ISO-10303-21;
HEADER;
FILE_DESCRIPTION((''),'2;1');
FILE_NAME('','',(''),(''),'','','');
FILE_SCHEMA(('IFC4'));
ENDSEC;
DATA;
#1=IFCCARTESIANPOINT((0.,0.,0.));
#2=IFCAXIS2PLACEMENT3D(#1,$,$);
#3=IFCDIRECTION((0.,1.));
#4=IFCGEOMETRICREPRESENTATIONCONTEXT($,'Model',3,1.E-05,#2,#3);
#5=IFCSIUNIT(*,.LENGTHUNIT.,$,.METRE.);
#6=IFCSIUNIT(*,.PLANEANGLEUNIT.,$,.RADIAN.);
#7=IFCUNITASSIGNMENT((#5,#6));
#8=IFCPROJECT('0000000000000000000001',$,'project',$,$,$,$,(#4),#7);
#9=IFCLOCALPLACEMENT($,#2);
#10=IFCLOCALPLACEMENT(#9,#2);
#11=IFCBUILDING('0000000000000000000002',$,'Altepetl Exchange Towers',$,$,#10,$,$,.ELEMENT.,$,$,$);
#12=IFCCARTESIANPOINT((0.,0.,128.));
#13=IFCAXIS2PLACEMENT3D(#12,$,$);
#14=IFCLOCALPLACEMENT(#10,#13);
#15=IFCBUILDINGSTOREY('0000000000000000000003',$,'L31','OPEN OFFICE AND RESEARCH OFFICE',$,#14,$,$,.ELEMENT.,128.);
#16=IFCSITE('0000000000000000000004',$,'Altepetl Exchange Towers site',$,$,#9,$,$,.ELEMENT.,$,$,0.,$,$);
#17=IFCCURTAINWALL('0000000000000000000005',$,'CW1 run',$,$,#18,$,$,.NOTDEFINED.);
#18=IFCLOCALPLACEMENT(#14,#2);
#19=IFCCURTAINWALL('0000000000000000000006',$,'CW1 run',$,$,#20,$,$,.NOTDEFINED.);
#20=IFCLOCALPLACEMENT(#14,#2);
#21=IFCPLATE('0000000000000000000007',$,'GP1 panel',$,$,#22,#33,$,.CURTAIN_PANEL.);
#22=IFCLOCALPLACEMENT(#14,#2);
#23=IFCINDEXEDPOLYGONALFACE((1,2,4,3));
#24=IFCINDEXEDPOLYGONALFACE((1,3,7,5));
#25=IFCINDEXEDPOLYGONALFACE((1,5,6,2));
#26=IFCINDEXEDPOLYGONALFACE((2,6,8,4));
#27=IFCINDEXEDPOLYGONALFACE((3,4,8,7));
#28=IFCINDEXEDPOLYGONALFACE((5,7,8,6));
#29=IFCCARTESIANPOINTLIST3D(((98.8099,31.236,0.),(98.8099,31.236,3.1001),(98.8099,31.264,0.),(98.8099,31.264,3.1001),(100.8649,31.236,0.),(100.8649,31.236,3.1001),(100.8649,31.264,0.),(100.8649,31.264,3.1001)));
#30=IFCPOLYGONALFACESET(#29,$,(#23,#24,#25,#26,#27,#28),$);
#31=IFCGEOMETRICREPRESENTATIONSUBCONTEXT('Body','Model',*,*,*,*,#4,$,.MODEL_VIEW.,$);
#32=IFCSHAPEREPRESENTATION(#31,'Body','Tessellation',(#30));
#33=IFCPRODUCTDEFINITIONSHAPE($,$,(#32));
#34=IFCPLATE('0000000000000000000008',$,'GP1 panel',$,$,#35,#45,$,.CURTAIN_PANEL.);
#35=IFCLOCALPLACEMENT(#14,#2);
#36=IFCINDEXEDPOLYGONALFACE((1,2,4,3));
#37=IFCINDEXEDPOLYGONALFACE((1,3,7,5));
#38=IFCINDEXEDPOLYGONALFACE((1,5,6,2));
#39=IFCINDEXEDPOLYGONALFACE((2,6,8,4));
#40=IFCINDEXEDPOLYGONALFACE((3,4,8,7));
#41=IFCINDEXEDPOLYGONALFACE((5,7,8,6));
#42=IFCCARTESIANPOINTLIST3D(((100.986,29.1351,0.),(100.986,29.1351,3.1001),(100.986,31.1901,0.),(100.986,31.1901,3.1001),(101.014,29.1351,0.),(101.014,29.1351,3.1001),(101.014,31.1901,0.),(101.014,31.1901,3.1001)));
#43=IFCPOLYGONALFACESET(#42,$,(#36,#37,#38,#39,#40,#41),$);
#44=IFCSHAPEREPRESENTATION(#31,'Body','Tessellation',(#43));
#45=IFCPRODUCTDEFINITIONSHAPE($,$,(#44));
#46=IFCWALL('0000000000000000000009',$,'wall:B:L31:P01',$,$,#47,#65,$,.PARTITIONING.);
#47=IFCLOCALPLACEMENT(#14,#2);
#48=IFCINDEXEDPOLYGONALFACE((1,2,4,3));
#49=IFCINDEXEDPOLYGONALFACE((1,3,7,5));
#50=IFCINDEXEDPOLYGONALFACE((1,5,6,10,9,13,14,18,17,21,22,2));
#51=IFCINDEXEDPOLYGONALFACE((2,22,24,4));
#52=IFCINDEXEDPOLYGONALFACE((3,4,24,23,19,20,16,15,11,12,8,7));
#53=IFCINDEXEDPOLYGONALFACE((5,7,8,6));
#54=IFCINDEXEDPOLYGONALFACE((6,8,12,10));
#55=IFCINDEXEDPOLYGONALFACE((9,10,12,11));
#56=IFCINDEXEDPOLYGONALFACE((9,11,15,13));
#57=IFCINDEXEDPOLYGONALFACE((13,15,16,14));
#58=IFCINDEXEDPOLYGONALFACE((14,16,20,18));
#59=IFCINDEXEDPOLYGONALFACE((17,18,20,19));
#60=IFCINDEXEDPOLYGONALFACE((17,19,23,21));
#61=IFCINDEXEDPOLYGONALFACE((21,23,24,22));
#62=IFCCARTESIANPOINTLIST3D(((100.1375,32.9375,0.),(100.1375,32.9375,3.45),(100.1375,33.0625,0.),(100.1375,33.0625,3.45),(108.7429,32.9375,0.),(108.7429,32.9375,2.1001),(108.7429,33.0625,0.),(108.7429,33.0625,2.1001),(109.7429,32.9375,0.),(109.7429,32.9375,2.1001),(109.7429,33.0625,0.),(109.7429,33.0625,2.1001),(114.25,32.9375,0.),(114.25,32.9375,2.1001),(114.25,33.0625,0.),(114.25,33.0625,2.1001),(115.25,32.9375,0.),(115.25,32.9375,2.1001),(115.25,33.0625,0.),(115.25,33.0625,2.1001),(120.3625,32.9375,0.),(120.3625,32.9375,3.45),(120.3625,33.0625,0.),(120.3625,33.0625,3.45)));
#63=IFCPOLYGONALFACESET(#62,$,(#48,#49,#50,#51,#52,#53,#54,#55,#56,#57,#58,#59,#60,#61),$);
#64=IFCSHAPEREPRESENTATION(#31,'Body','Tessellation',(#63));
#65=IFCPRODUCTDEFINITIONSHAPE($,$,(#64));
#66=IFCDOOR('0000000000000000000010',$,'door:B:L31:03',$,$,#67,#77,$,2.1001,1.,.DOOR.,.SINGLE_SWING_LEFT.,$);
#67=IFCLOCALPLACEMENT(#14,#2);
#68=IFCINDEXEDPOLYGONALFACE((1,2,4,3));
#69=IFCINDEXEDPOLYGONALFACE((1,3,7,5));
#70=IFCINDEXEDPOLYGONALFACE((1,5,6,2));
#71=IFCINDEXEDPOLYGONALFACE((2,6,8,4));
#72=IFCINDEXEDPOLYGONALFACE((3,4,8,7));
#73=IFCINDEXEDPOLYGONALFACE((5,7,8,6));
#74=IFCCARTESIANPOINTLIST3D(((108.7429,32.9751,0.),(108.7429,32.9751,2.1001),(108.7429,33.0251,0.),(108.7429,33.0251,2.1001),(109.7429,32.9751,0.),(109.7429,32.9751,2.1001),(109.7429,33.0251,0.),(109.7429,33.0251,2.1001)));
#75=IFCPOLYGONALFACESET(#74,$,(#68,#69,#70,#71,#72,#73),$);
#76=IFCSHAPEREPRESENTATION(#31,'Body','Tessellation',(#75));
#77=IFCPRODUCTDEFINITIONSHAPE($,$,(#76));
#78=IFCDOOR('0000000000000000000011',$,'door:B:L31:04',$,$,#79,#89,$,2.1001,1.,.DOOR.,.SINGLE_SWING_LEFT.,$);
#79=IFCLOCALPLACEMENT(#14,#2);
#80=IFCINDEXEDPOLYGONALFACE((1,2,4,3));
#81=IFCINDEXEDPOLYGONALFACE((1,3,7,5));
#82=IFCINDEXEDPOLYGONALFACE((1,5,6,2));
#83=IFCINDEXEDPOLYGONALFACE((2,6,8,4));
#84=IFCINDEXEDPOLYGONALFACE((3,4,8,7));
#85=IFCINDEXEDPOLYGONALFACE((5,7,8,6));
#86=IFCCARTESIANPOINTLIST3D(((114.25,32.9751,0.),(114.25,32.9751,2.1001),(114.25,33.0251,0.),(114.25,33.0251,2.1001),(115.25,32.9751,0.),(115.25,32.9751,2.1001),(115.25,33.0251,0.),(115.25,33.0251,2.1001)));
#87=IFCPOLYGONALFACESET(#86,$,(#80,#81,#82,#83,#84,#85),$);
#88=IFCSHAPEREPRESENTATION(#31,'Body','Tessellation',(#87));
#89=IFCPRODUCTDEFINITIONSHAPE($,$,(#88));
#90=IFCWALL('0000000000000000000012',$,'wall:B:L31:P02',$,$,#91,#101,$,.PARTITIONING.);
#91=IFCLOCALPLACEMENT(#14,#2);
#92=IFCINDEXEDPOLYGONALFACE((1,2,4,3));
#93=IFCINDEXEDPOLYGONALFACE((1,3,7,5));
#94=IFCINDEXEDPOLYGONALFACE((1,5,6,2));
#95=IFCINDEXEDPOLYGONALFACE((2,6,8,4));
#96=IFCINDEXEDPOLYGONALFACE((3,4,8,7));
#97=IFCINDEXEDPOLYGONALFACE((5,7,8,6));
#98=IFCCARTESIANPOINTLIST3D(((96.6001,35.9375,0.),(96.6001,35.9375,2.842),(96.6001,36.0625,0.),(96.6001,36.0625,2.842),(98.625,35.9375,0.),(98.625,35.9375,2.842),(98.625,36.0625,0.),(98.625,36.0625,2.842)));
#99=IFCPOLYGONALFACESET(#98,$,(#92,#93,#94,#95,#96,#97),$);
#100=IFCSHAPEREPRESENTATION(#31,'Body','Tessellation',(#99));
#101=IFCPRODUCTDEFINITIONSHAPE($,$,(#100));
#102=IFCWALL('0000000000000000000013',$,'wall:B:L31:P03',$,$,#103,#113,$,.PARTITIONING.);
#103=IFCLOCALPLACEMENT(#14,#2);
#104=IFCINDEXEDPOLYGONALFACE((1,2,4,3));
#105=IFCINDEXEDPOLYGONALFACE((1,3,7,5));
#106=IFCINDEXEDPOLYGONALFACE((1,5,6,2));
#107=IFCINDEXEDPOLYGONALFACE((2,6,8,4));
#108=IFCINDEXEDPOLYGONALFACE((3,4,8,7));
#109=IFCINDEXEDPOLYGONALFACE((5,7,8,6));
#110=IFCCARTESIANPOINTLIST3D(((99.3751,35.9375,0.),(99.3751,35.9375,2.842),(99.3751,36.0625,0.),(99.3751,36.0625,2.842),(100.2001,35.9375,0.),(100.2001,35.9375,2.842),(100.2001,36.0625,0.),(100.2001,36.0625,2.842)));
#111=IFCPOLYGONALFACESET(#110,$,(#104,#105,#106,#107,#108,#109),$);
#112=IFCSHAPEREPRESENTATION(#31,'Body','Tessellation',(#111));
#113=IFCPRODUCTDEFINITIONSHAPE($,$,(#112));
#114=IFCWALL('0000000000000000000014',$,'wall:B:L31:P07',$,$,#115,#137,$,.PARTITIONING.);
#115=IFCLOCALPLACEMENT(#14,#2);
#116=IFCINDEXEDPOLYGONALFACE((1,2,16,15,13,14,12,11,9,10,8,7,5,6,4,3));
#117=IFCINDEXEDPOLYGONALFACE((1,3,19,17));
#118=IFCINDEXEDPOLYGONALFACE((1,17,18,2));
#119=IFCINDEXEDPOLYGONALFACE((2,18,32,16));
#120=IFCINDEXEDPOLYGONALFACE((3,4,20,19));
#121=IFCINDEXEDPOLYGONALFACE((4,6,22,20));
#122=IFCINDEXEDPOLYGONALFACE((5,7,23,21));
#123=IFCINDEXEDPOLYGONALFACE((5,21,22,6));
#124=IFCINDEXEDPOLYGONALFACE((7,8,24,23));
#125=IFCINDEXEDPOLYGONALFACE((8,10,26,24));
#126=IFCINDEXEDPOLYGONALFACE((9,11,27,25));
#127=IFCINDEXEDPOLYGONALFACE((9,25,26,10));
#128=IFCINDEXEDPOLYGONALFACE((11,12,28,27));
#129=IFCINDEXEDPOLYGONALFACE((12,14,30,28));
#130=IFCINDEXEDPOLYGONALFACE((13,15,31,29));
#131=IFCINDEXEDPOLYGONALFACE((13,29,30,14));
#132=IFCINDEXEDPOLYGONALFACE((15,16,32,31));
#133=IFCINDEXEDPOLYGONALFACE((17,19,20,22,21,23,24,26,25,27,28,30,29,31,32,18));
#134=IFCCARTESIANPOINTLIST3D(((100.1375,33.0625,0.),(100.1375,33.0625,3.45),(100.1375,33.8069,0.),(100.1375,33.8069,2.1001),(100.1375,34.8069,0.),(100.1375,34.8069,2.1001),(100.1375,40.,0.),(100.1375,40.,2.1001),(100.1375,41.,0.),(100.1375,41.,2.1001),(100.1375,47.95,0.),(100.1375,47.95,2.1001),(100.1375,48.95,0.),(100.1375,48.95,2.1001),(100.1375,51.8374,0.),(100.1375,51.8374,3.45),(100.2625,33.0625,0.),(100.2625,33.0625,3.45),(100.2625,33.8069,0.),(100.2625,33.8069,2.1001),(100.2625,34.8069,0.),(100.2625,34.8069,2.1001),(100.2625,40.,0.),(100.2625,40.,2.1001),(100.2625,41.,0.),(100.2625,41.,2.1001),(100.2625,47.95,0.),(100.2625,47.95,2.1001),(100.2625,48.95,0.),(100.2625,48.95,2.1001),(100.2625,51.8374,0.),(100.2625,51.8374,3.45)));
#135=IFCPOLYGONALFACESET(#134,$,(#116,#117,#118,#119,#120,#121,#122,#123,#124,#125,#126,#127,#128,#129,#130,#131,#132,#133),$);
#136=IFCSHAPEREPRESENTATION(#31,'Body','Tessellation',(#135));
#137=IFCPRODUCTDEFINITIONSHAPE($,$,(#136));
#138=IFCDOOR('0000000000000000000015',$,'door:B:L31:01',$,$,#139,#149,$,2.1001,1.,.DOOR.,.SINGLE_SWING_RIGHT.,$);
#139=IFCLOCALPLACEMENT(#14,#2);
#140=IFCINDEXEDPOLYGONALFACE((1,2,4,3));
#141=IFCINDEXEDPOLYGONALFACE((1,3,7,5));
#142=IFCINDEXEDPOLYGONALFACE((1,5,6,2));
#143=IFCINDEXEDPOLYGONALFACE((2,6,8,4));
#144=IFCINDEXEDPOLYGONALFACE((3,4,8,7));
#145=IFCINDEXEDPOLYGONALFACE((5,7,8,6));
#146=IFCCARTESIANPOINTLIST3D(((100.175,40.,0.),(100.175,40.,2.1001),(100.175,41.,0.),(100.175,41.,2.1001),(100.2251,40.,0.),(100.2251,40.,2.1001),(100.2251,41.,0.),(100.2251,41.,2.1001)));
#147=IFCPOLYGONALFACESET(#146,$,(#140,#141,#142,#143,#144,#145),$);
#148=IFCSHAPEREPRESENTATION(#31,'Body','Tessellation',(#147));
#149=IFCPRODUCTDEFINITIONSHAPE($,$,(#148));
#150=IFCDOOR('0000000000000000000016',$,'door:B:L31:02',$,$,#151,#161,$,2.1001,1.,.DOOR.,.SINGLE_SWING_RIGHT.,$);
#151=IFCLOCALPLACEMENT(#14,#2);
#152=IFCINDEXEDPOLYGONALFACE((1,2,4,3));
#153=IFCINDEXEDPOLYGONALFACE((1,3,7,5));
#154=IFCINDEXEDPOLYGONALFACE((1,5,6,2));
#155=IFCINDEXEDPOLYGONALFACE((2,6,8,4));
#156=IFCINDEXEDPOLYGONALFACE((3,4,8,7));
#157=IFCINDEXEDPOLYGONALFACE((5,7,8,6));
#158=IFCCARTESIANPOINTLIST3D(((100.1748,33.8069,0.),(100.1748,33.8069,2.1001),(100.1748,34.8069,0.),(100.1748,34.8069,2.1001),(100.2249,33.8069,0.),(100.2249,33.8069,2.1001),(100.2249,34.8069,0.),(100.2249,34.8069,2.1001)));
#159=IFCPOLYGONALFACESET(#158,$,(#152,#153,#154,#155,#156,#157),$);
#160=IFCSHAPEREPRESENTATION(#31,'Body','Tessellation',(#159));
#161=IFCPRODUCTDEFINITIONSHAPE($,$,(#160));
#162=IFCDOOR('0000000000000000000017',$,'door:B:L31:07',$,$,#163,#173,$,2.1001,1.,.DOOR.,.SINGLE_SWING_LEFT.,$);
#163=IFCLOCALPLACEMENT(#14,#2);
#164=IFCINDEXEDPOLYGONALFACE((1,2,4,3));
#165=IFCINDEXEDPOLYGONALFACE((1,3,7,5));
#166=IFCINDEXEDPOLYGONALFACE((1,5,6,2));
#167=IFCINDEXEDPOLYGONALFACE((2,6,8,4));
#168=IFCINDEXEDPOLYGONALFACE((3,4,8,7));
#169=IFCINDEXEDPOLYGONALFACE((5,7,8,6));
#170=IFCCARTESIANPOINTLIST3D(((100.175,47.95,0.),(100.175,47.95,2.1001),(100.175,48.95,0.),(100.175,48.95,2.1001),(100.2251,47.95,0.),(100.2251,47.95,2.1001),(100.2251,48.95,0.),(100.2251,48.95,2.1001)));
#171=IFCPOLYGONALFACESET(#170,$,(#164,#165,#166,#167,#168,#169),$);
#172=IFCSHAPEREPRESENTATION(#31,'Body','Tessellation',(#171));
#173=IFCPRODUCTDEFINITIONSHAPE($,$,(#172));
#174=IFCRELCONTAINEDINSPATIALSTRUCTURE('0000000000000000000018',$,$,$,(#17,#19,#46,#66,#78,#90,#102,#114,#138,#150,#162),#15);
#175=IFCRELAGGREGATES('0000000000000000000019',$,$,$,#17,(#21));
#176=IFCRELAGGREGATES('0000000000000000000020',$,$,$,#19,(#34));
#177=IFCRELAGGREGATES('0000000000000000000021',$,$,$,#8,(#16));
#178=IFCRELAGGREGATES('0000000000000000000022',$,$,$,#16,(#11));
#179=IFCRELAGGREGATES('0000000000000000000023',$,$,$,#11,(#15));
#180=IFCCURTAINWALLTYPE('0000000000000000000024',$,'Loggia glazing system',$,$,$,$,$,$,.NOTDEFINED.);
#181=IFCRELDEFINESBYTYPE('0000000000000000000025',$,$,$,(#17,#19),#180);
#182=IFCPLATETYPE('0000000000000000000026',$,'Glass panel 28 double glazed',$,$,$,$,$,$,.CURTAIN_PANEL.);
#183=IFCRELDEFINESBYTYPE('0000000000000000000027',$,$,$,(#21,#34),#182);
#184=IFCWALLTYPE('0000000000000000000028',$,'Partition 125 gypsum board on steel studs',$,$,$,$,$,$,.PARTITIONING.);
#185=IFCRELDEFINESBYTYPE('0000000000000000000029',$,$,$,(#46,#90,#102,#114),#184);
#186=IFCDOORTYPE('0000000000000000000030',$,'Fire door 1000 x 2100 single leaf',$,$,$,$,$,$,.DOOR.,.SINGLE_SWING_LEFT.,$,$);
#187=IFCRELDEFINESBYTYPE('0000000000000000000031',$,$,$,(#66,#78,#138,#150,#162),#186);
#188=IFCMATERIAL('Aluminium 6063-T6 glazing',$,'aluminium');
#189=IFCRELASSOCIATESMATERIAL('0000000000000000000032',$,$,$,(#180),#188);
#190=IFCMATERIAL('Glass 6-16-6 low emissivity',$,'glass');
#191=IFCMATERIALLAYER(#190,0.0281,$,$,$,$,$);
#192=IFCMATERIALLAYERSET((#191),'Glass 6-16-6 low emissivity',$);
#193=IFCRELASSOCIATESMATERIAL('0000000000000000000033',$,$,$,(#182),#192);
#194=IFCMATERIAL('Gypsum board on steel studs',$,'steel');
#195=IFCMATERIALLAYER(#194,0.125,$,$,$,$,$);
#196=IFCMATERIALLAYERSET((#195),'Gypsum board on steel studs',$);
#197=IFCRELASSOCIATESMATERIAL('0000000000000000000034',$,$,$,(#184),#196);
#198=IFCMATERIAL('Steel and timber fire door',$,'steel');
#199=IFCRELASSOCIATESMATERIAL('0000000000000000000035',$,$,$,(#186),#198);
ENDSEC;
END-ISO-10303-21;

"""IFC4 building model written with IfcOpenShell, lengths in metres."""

from ifc_helpers import new_model, si_unit, direction, frame, frame_2d, origin, origin_2d, place, context, subcontext, project, spatial, rectangle, extrude, material, layer, layer_set, type_object, element, fill, aggregate, save


model = new_model("IFC4")

# Units and contexts
model_context = context("Model", 3, precision=1e-05, world=origin(), true_north=direction((0.0, 1.0)))
body_context = subcontext(model_context, "Body", "Model", "MODEL_VIEW")
ifc_project = project(units=[si_unit("LENGTHUNIT", "METRE"), si_unit("PLANEANGLEUNIT", "RADIAN")], contexts=[model_context])

# Site, building, storey
site_placement = place(None, origin())
site = spatial("IfcSite", under=ifc_project, at=site_placement, Name="Altepetl Exchange Towers site", CompositionType="ELEMENT", RefElevation=0.0)
building_placement = place(site_placement, origin())
building = spatial("IfcBuilding", under=site, at=building_placement, Name="Altepetl Exchange Towers", CompositionType="ELEMENT")
storey_placement = place(building_placement, frame((0.0, 0.0, 128.0)))
storey = spatial("IfcBuildingStorey", under=building, at=storey_placement, Name="L31", Description="OPEN OFFICE AND RESEARCH OFFICE", CompositionType="ELEMENT", Elevation=128.0)

# Curtain walls
ifc_material_1 = material(Name="Aluminium 6063-T6 glazing", Category="aluminium")
curtain_wall_type = type_object("IfcCurtainWallType", Name="Loggia glazing system", PredefinedType="NOTDEFINED", material=ifc_material_1)
curtain_wall_1_placement = place(storey_placement, origin())
curtain_wall_1 = element("IfcCurtainWall", 1, at=curtain_wall_1_placement, inside=storey, type_object=curtain_wall_type, Name="CW1 run", PredefinedType="NOTDEFINED")
curtain_wall_2_placement = place(storey_placement, origin())
curtain_wall_2 = element("IfcCurtainWall", 2, at=curtain_wall_2_placement, inside=storey, type_object=curtain_wall_type, Name="CW1 run", PredefinedType="NOTDEFINED")

# Plates
ifc_material_2 = material(Name="Glass 6-16-6 low emissivity", Category="glass")
ifc_layer_1 = layer(ifc_material_2, 0.0281)
ifc_layer_set_1 = layer_set([ifc_layer_1], Name="Glass 6-16-6 low emissivity")
plate_type = type_object("IfcPlateType", Name="Glass panel 28 double glazed", PredefinedType="CURTAIN_PANEL", material=ifc_layer_set_1)
plate_1_placement = place(storey_placement, frame((99.8374, 31.25, 0.0)))
plate_1 = element("IfcPlate", 3, at=plate_1_placement, type_object=plate_type, Name="GP1 panel", PredefinedType="CURTAIN_PANEL", context=body_context, shape_type="SweptSolid", body=[
    extrude(rectangle(XDim=2.0549, YDim=0.0281, at=origin_2d()), origin(), (0.0, 0.0, 1.0), 3.1001),
])
aggregate(curtain_wall_1, [plate_1])
plate_2_placement = place(storey_placement, frame((101.0, 30.1626, 0.0), z_axis=(0.0, 0.0, 1.0), x_axis=(0.0, -1.0, 0.0)))
plate_2 = element("IfcPlate", 4, at=plate_2_placement, type_object=plate_type, Name="GP1 panel", PredefinedType="CURTAIN_PANEL", context=body_context, shape_type="SweptSolid", body=[
    extrude(rectangle(XDim=2.0549, YDim=0.0281, at=origin_2d()), origin(), (0.0, 0.0, 1.0), 3.1001),
])
aggregate(curtain_wall_2, [plate_2])

# Wall, openings, doors
ifc_material_3 = material(Name="Gypsum board on steel studs", Category="steel")
ifc_layer_2 = layer(ifc_material_3, 0.125)
ifc_layer_set_2 = layer_set([ifc_layer_2], Name="Gypsum board on steel studs")
wall_type = type_object("IfcWallType", Name="Partition 125 gypsum board on steel studs", PredefinedType="PARTITIONING", material=ifc_layer_set_2)
wall_1_placement = place(storey_placement, frame((100.1375, 33.0, 0.0)))
wall_1 = element("IfcWall", 5, at=wall_1_placement, inside=storey, type_object=wall_type, Name="wall:B:L31:P01", PredefinedType="PARTITIONING", context=body_context, shape_type="SweptSolid", body=[
    extrude(rectangle(XDim=20.2251, YDim=0.125, at=frame_2d((10.1125, 0.0))), origin(), (0.0, 0.0, 1.0), 3.45),
])
opening_1_placement = place(wall_1_placement, frame((8.6055, 0.0, 0.0)))
opening_1 = element("IfcOpeningElement", 6, at=opening_1_placement, cuts=wall_1, PredefinedType="OPENING", context=body_context, shape_type="SweptSolid", body=[
    extrude(rectangle(XDim=1.0, YDim=2.1001, at=frame_2d((0.5, 1.05))), frame((0.0, 0.0725, 0.0), z_axis=(0.0, -1.0, 0.0), x_axis=(1.0, 0.0, 0.0)), (0.0, 0.0, 1.0), 0.145),
])
opening_2_placement = place(wall_1_placement, frame((14.1125, 0.0, 0.0)))
opening_2 = element("IfcOpeningElement", 7, at=opening_2_placement, cuts=wall_1, PredefinedType="OPENING", context=body_context, shape_type="SweptSolid", body=[
    extrude(rectangle(XDim=1.0, YDim=2.1001, at=frame_2d((0.5, 1.05))), frame((0.0, 0.0725, 0.0), z_axis=(0.0, -1.0, 0.0), x_axis=(1.0, 0.0, 0.0)), (0.0, 0.0, 1.0), 0.145),
])
ifc_material_4 = material(Name="Steel and timber fire door", Category="steel")
door_type = type_object("IfcDoorType", Name="Fire door 1000 x 2100 single leaf", OperationType="SINGLE_SWING_LEFT", PredefinedType="DOOR", material=ifc_material_4)
door_1_placement = place(opening_1_placement, frame((1.0, 0.0, 0.0), x_axis=(-1.0, 0.0, 0.0)))
door_1 = element("IfcDoor", 8, at=door_1_placement, inside=storey, type_object=door_type, Name="door:B:L31:03", OperationType="SINGLE_SWING_LEFT", OverallHeight=2.1001, OverallWidth=1.0, PredefinedType="DOOR", context=body_context, shape_type="SweptSolid", body=[
    extrude(rectangle(XDim=1.0, YDim=2.1001, at=frame_2d((0.5, 1.05))), frame((0.0, 0.0249, 0.0), z_axis=(0.0, -1.0, 0.0), x_axis=(1.0, 0.0, 0.0)), (0.0, 0.0, 1.0), 0.05),
])
fill(opening_1, door_1)
door_2_placement = place(opening_2_placement, frame((1.0, 0.0, 0.0), x_axis=(-1.0, 0.0, 0.0)))
door_2 = element("IfcDoor", 9, at=door_2_placement, inside=storey, type_object=door_type, Name="door:B:L31:04", OperationType="SINGLE_SWING_LEFT", OverallHeight=2.1001, OverallWidth=1.0, PredefinedType="DOOR", context=body_context, shape_type="SweptSolid", body=[
    extrude(rectangle(XDim=1.0, YDim=2.1001, at=frame_2d((0.5, 1.05))), frame((0.0, 0.0249, 0.0), z_axis=(0.0, -1.0, 0.0), x_axis=(1.0, 0.0, 0.0)), (0.0, 0.0, 1.0), 0.05),
])
fill(opening_2, door_2)

# Walls
wall_2_placement = place(storey_placement, frame((96.6001, 36.0, 0.0)))
element("IfcWall", 10, at=wall_2_placement, inside=storey, type_object=wall_type, Name="wall:B:L31:P02", PredefinedType="PARTITIONING", context=body_context, shape_type="SweptSolid", body=[
    extrude(rectangle(XDim=2.0249, YDim=0.125, at=frame_2d((1.0125, 0.0))), origin(), (0.0, 0.0, 1.0), 2.842),
])
wall_3_placement = place(storey_placement, frame((99.375, 36.0, 0.0)))
element("IfcWall", 11, at=wall_3_placement, inside=storey, type_object=wall_type, Name="wall:B:L31:P03", PredefinedType="PARTITIONING", context=body_context, shape_type="SweptSolid", body=[
    extrude(rectangle(XDim=0.825, YDim=0.125, at=frame_2d((0.4126, 0.0))), origin(), (0.0, 0.0, 1.0), 2.842),
])

# Wall, openings, doors
wall_4_placement = place(storey_placement, frame((100.2, 33.0625, 0.0), z_axis=(0.0, 0.0, 1.0), x_axis=(0.0, 1.0, 0.0)))
wall_4 = element("IfcWall", 12, at=wall_4_placement, inside=storey, type_object=wall_type, Name="wall:B:L31:P07", PredefinedType="PARTITIONING", context=body_context, shape_type="SweptSolid", body=[
    extrude(rectangle(XDim=18.7749, YDim=0.125, at=frame_2d((9.3875, 0.0))), origin(), (0.0, 0.0, 1.0), 3.45),
])
opening_3_placement = place(wall_4_placement, frame((6.9375, 0.0, 0.0)))
opening_3 = element("IfcOpeningElement", 13, at=opening_3_placement, cuts=wall_4, PredefinedType="OPENING", context=body_context, shape_type="SweptSolid", body=[
    extrude(rectangle(XDim=1.0, YDim=2.1001, at=frame_2d((0.5, 1.05))), frame((0.0, 0.0725, 0.0), z_axis=(0.0, -1.0, 0.0), x_axis=(1.0, 0.0, 0.0)), (0.0, 0.0, 1.0), 0.145),
])
opening_4_placement = place(wall_4_placement, frame((0.7444, 0.0, 0.0)))
opening_4 = element("IfcOpeningElement", 14, at=opening_4_placement, cuts=wall_4, PredefinedType="OPENING", context=body_context, shape_type="SweptSolid", body=[
    extrude(rectangle(XDim=1.0, YDim=2.1001, at=frame_2d((0.5, 1.05))), frame((0.0, 0.0725, 0.0), z_axis=(0.0, -1.0, 0.0), x_axis=(1.0, 0.0, 0.0)), (0.0, 0.0, 1.0), 0.145),
])
opening_5_placement = place(wall_4_placement, frame((14.8875, 0.0, 0.0)))
opening_5 = element("IfcOpeningElement", 15, at=opening_5_placement, cuts=wall_4, PredefinedType="OPENING", context=body_context, shape_type="SweptSolid", body=[
    extrude(rectangle(XDim=1.0, YDim=2.1001, at=frame_2d((0.5, 1.05))), frame((0.0, 0.0725, 0.0), z_axis=(0.0, -1.0, 0.0), x_axis=(1.0, 0.0, 0.0)), (0.0, 0.0, 1.0), 0.145),
])
door_3_placement = place(opening_3_placement, origin())
door_3 = element("IfcDoor", 16, at=door_3_placement, inside=storey, type_object=door_type, Name="door:B:L31:01", OperationType="SINGLE_SWING_RIGHT", OverallHeight=2.1001, OverallWidth=1.0, PredefinedType="DOOR", context=body_context, shape_type="SweptSolid", body=[
    extrude(rectangle(XDim=1.0, YDim=2.1001, at=frame_2d((0.5, 1.05))), frame((0.0, 0.0249, 0.0), z_axis=(0.0, -1.0, 0.0), x_axis=(1.0, 0.0, 0.0)), (0.0, 0.0, 1.0), 0.05),
])
fill(opening_3, door_3)
door_4_placement = place(opening_4_placement, frame((1.0, 0.0, 0.0), x_axis=(-1.0, 0.0, 0.0)))
door_4 = element("IfcDoor", 17, at=door_4_placement, inside=storey, type_object=door_type, Name="door:B:L31:02", OperationType="SINGLE_SWING_RIGHT", OverallHeight=2.1001, OverallWidth=1.0, PredefinedType="DOOR", context=body_context, shape_type="SweptSolid", body=[
    extrude(rectangle(XDim=1.0, YDim=2.1001, at=frame_2d((0.5, 1.05))), frame((0.0, 0.0249, 0.0), z_axis=(0.0, -1.0, 0.0), x_axis=(1.0, 0.0, 0.0)), (0.0, 0.0, 1.0), 0.05),
])
fill(opening_4, door_4)
door_5_placement = place(opening_5_placement, origin())
door_5 = element("IfcDoor", 18, at=door_5_placement, inside=storey, type_object=door_type, Name="door:B:L31:07", OperationType="SINGLE_SWING_LEFT", OverallHeight=2.1001, OverallWidth=1.0, PredefinedType="DOOR", context=body_context, shape_type="SweptSolid", body=[
    extrude(rectangle(XDim=1.0, YDim=2.1001, at=frame_2d((0.5, 1.05))), frame((0.0, 0.0249, 0.0), z_axis=(0.0, -1.0, 0.0), x_axis=(1.0, 0.0, 0.0)), (0.0, 0.0, 1.0), 0.05),
])
fill(opening_5, door_5)

save(model, "model.ifc")
